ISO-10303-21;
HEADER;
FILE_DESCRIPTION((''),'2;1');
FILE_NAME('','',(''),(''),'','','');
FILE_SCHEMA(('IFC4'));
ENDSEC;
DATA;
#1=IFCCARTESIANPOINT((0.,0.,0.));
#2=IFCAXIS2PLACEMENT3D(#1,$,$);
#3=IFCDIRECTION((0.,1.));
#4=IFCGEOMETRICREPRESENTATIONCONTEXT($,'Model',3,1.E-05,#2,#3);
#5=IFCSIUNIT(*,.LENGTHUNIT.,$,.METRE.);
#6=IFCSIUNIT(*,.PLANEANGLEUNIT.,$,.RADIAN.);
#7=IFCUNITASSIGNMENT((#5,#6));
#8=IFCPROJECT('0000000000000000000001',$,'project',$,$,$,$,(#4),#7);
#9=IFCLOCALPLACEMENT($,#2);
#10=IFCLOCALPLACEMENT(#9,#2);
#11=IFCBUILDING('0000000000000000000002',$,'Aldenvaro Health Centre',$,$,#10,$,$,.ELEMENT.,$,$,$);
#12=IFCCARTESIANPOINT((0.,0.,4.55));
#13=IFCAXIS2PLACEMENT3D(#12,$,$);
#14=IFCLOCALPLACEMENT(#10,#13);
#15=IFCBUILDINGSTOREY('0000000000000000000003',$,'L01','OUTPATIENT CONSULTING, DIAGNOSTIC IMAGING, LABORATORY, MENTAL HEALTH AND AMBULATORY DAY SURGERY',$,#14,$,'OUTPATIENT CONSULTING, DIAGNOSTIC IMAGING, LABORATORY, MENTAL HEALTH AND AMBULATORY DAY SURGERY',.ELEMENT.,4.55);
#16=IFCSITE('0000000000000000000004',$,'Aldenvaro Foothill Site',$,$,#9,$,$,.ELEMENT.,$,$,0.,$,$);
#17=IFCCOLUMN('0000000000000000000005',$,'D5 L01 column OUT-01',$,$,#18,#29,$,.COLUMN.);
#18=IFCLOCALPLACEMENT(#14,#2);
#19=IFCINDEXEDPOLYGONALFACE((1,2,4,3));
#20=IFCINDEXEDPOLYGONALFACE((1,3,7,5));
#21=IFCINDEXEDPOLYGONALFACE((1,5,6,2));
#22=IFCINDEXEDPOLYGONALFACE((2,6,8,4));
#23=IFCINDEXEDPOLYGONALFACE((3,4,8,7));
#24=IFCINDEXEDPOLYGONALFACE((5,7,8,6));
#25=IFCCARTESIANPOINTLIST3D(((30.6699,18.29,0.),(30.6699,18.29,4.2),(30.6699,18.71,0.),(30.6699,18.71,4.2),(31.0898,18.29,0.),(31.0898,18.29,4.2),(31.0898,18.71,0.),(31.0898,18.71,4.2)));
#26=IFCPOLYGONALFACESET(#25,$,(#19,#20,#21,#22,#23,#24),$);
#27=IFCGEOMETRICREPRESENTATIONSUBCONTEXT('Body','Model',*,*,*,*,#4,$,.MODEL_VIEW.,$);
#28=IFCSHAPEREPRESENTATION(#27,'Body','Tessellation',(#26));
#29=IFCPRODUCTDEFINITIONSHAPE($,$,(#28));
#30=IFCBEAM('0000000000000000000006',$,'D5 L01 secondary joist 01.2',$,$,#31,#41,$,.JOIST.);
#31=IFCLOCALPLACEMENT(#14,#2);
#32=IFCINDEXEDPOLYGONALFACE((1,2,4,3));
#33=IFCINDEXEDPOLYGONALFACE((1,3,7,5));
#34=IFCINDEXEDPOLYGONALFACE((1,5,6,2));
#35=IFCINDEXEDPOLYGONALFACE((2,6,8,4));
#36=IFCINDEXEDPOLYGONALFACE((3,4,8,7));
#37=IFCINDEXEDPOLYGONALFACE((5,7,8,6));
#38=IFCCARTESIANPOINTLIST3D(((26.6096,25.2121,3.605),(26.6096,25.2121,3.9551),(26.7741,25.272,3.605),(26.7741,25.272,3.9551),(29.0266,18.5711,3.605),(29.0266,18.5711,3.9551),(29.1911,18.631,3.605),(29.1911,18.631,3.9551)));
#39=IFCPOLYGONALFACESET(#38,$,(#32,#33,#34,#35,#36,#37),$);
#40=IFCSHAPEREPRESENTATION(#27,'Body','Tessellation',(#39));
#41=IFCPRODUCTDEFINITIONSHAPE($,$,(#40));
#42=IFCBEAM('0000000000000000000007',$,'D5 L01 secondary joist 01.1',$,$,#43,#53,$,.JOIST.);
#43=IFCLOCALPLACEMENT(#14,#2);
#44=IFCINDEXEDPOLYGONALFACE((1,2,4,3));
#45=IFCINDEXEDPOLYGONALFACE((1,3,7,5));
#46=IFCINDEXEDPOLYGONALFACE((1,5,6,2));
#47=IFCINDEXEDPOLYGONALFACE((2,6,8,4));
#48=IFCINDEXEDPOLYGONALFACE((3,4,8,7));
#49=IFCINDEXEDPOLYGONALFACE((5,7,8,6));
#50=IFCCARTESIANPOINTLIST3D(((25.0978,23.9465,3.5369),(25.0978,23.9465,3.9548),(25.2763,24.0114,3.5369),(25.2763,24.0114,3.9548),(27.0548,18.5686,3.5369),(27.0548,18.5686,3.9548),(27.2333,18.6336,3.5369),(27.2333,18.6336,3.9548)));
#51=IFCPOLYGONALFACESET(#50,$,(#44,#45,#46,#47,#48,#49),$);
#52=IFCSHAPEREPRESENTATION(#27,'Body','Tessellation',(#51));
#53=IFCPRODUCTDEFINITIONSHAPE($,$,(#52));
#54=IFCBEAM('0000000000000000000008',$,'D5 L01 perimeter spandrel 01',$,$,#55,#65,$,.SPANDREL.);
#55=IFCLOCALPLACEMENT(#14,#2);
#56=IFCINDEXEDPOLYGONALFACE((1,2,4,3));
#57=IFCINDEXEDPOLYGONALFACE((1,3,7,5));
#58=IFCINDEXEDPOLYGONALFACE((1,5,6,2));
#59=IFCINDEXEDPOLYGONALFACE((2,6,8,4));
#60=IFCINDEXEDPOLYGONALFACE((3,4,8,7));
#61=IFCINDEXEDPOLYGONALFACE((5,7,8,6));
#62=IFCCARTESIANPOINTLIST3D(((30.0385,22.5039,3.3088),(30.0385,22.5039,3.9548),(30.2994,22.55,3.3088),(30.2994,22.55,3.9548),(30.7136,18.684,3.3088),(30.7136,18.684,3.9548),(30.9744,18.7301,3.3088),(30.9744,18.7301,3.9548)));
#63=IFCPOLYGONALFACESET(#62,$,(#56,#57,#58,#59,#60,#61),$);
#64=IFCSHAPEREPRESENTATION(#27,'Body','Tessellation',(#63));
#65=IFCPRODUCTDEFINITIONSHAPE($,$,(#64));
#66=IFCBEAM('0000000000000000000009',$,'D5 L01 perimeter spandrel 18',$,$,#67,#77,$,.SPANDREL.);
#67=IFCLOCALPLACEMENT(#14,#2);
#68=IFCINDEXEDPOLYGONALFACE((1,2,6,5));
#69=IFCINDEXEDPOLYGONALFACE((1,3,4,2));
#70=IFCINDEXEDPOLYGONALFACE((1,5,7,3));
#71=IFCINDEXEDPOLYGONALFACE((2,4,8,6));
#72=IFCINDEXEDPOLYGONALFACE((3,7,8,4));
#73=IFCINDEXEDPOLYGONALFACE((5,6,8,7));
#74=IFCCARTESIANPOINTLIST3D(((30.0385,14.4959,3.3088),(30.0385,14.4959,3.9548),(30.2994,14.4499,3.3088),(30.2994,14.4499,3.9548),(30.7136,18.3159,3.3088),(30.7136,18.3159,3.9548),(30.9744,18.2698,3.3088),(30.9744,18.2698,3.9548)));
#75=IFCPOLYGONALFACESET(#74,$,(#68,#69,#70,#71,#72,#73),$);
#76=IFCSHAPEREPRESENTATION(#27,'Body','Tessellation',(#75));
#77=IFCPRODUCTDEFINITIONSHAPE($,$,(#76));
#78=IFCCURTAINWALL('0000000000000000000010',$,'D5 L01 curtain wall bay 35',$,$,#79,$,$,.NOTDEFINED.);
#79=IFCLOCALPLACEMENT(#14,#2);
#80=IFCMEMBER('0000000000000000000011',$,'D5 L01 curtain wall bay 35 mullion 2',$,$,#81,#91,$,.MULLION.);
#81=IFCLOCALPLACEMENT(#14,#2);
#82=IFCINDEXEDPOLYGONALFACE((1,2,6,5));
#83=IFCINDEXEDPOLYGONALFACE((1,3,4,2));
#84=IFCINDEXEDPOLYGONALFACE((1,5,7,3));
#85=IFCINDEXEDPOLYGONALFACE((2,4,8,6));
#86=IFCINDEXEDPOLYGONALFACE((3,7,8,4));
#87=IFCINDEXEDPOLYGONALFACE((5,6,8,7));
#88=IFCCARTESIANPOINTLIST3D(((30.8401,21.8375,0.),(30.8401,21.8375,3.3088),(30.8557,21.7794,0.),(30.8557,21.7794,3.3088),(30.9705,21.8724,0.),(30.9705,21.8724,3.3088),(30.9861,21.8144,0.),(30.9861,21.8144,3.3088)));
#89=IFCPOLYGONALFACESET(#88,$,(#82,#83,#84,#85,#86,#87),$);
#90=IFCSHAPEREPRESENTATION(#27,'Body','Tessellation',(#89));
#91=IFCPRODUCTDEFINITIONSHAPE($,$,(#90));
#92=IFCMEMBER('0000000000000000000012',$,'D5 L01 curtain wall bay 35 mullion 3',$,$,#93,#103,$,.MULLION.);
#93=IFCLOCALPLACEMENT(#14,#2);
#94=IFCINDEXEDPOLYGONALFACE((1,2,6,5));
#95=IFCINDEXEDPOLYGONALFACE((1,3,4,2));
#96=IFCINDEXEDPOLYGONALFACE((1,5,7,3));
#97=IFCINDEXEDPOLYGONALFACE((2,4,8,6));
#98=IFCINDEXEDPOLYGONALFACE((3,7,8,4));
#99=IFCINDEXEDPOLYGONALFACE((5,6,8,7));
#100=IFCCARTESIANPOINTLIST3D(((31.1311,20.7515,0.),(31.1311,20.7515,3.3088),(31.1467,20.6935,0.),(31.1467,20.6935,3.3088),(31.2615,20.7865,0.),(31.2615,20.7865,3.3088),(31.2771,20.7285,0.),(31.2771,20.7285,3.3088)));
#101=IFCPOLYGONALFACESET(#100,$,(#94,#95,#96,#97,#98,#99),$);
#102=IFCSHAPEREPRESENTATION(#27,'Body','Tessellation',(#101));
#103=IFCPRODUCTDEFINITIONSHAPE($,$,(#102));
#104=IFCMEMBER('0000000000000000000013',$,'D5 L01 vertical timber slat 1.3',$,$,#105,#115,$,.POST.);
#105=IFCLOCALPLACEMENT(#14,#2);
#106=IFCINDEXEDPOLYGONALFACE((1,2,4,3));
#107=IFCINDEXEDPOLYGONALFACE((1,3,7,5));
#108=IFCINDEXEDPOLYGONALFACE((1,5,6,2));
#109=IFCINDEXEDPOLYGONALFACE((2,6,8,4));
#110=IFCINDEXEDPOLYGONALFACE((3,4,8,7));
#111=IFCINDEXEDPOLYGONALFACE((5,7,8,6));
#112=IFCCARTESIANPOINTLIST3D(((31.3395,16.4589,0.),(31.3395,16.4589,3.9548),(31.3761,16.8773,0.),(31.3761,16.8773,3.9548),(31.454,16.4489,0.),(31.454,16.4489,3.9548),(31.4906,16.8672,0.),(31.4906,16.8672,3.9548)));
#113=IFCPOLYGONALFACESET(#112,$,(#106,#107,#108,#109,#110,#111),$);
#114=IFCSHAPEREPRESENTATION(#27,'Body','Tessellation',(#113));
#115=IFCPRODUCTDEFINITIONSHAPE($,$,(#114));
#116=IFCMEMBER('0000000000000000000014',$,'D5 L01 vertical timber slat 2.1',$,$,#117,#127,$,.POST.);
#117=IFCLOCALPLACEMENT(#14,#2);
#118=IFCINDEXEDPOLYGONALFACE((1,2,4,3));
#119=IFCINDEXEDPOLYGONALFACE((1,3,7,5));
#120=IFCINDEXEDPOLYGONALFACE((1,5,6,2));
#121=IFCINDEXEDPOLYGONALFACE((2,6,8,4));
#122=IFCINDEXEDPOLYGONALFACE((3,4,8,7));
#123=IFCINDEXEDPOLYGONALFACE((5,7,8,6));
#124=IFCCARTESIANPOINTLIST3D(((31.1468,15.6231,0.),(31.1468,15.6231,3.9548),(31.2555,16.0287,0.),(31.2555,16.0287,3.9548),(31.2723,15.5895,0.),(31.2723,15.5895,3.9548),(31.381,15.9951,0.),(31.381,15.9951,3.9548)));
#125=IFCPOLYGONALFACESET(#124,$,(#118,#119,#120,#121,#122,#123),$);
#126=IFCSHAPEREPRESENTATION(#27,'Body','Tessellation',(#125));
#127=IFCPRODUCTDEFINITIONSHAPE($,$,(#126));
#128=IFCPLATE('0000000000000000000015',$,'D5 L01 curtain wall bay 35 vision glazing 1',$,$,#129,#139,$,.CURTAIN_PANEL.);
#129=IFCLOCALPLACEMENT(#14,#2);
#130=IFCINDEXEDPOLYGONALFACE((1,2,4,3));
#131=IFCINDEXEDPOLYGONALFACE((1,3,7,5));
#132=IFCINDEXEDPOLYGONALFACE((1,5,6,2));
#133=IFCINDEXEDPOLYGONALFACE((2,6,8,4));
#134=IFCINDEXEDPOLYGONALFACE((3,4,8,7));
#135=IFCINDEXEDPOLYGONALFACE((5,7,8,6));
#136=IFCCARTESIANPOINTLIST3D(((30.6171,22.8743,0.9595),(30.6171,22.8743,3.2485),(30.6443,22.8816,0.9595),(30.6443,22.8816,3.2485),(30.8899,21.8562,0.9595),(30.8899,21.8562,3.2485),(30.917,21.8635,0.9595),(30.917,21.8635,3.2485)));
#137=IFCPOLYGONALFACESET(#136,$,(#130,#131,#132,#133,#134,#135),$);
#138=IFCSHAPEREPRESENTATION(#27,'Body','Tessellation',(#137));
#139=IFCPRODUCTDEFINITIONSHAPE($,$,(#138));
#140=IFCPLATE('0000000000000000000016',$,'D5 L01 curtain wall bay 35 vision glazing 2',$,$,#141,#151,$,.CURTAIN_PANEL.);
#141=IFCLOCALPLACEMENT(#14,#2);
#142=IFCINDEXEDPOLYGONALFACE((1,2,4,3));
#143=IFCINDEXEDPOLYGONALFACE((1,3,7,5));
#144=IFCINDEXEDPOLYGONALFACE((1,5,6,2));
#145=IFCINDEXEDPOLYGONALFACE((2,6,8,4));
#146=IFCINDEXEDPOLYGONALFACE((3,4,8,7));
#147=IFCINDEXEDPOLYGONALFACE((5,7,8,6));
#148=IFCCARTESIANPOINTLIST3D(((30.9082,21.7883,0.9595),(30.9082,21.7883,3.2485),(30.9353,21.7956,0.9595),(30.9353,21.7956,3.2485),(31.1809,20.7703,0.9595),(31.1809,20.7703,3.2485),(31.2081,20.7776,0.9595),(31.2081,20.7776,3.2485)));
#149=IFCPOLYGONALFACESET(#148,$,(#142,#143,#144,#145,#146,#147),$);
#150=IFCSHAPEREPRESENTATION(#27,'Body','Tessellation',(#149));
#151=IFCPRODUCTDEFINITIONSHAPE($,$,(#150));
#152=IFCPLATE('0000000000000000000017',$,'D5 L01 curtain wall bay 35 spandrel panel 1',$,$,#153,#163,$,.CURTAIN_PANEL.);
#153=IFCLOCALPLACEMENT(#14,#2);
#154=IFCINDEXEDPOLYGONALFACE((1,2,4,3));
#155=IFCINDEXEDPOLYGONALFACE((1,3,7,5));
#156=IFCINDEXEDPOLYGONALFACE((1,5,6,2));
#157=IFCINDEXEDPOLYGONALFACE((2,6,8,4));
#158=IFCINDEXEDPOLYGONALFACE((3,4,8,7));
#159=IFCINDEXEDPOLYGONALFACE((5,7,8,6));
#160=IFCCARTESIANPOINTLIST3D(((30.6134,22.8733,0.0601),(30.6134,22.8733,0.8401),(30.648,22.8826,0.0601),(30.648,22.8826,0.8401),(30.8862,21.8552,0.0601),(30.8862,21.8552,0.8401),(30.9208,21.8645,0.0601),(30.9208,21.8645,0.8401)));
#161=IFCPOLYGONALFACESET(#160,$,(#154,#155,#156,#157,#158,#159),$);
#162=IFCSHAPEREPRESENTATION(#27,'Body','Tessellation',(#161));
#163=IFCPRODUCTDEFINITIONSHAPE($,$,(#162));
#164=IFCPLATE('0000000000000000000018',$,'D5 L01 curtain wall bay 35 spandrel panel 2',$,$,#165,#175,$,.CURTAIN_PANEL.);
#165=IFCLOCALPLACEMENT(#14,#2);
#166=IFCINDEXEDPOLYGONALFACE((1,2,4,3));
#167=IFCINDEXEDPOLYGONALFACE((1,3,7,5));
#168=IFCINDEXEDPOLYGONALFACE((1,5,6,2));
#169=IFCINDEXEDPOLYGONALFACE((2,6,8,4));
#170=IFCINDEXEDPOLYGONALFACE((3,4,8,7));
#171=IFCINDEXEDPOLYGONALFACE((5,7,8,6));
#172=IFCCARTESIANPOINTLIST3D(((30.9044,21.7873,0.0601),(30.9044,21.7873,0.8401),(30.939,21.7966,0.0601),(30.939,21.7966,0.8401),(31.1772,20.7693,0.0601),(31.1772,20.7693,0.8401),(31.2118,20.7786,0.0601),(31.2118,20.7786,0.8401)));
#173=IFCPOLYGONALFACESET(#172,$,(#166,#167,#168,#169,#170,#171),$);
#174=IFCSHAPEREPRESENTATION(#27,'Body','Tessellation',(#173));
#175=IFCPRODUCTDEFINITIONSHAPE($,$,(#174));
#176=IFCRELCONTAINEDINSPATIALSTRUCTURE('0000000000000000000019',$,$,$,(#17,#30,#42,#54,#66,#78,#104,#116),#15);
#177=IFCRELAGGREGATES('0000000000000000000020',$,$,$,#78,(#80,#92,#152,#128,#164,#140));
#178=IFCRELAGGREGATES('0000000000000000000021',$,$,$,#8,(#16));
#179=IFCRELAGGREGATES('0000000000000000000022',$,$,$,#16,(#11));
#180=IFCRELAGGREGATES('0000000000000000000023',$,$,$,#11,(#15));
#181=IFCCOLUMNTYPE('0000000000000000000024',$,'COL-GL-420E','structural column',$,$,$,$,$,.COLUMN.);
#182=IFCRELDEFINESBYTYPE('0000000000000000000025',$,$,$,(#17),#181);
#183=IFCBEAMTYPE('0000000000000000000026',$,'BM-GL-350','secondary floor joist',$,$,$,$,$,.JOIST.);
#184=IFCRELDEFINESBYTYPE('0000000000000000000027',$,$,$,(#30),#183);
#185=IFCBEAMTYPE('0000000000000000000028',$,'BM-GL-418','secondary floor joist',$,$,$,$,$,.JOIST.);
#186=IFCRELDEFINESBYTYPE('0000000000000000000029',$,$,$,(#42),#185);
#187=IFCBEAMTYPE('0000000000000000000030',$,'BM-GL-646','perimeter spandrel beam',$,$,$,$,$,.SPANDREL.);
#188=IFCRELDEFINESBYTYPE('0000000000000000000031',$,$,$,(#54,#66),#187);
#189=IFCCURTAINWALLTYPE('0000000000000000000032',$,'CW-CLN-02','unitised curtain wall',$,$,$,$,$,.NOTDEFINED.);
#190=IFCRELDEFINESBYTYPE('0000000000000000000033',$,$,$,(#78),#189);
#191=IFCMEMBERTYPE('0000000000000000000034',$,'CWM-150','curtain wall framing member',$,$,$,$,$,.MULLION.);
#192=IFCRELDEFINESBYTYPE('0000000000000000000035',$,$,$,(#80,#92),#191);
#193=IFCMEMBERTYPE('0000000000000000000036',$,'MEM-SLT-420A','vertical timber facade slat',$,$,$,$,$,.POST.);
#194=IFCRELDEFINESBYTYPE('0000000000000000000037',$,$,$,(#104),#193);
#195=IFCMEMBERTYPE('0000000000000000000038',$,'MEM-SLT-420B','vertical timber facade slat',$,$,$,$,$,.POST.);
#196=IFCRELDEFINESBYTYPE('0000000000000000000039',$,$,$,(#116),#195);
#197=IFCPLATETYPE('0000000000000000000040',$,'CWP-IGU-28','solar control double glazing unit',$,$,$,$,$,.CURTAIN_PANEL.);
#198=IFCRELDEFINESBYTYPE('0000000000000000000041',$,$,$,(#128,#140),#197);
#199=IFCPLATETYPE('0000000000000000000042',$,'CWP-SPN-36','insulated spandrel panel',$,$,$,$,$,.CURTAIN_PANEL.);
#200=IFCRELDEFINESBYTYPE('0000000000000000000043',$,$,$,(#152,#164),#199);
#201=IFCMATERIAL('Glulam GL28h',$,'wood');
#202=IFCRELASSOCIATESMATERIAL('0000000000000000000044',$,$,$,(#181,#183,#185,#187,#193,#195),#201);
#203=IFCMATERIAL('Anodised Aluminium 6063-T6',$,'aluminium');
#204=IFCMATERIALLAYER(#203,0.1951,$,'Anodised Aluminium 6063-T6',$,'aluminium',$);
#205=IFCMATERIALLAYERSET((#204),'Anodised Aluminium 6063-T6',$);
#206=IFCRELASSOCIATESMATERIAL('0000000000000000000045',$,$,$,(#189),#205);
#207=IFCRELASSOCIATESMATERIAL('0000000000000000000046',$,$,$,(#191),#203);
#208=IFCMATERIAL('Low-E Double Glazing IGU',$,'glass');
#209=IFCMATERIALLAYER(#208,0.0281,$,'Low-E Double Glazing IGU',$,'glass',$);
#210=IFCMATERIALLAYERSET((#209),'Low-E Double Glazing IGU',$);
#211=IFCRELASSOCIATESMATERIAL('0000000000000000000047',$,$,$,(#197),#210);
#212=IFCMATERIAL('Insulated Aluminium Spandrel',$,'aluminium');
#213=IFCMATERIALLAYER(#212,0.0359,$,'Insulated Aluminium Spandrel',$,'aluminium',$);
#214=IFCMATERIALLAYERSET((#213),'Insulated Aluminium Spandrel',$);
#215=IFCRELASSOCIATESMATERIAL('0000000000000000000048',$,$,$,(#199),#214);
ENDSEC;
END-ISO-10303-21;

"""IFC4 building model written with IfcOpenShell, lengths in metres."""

from ifc_helpers import new_model, si_unit, direction, frame, origin, origin_2d, place, context, subcontext, project, spatial, rectangle, extrude, material, layer, layer_set, material_profile, profile_set, type_object, element, aggregate, save


model = new_model("IFC4")

# Units and contexts
model_context = context("Model", 3, precision=1e-05, world=origin(), true_north=direction((0.0, 1.0)))
body_context = subcontext(model_context, "Body", "Model", "MODEL_VIEW")
ifc_project = project(units=[si_unit("LENGTHUNIT", "METRE"), si_unit("PLANEANGLEUNIT", "RADIAN")], contexts=[model_context])

# Site, building, storey
site_placement = place(None, origin())
site = spatial("IfcSite", under=ifc_project, at=site_placement, Name="Aldenvaro Foothill Site", CompositionType="ELEMENT", RefElevation=0.0)
building_placement = place(site_placement, origin())
building = spatial("IfcBuilding", under=site, at=building_placement, Name="Aldenvaro Health Centre", CompositionType="ELEMENT")
storey_placement = place(building_placement, frame((0.0, 0.0, 4.55)))
storey = spatial("IfcBuildingStorey", under=building, at=storey_placement, Name="L01", Description="OUTPATIENT CONSULTING, DIAGNOSTIC IMAGING, LABORATORY, MENTAL HEALTH AND AMBULATORY DAY SURGERY", LongName="OUTPATIENT CONSULTING, DIAGNOSTIC IMAGING, LABORATORY, MENTAL HEALTH AND AMBULATORY DAY SURGERY", CompositionType="ELEMENT", Elevation=4.55)

# Column
ifc_material_1 = material(Name="Glulam GL28h", Category="wood")
ifc_material_profile_1 = material_profile(ifc_material_1, rectangle(XDim=0.4199, YDim=0.4199, at=origin_2d()), Name="GL 420x420", Category="wood")
ifc_profile_set_1 = profile_set([ifc_material_profile_1], Name="Glulam GL28h")
column_type = type_object("IfcColumnType", Name="COL-GL-420E", Description="structural column", PredefinedType="COLUMN", material=ifc_profile_set_1)
column_placement = place(storey_placement, frame((30.8799, 18.5, 0.0), z_axis=(0.0, 0.0, 1.0), x_axis=(1.0, 0.0, 0.0)))
element("IfcColumn", 1, at=column_placement, inside=storey, type_object=column_type, Name="D5 L01 column OUT-01", PredefinedType="COLUMN", context=body_context, shape_type="SweptSolid", body=[
    extrude(rectangle(XDim=0.4199, YDim=0.4199, at=origin_2d()), origin(), (0.0, 0.0, 1.0), 4.2),
])

# Beams
ifc_material_profile_2 = material_profile(ifc_material_1, rectangle(XDim=0.175, YDim=0.3501, at=origin_2d()), Name="GL 175x350", Category="wood")
ifc_profile_set_2 = profile_set([ifc_material_profile_2], Name="Glulam GL28h")
beam_type_1 = type_object("IfcBeamType", Name="BM-GL-350", Description="secondary floor joist", PredefinedType="JOIST", material=ifc_profile_set_2)
beam_1_placement = place(storey_placement, frame((29.1089, 18.6011, 3.78), z_axis=(-0.342009, 0.939697, 0.0), x_axis=(-0.939697, -0.342009, 0.0)))
element("IfcBeam", 2, at=beam_1_placement, inside=storey, type_object=beam_type_1, Name="D5 L01 secondary joist 01.2", PredefinedType="JOIST", context=body_context, shape_type="SweptSolid", body=[
    extrude(rectangle(XDim=0.175, YDim=0.3501, at=origin_2d()), origin(), (0.0, 0.0, 1.0), 7.0671),
])
ifc_material_profile_3 = material_profile(ifc_material_1, rectangle(XDim=0.1899, YDim=0.418, at=origin_2d()), Name="GL 190x418", Category="wood")
ifc_profile_set_3 = profile_set([ifc_material_profile_3], Name="Glulam GL28h")
beam_type_2 = type_object("IfcBeamType", Name="BM-GL-418", Description="secondary floor joist", PredefinedType="JOIST", material=ifc_profile_set_3)
beam_2_placement = place(storey_placement, frame((27.144, 18.6011, 3.7458), z_axis=(-0.341962, 0.939714, 0.0), x_axis=(-0.939714, -0.341962, 0.0)))
element("IfcBeam", 3, at=beam_2_placement, inside=storey, type_object=beam_type_2, Name="D5 L01 secondary joist 01.1", PredefinedType="JOIST", context=body_context, shape_type="SweptSolid", body=[
    extrude(rectangle(XDim=0.1899, YDim=0.418, at=origin_2d()), origin(), (0.0, 0.0, 1.0), 5.7229),
])
ifc_material_profile_4 = material_profile(ifc_material_1, rectangle(XDim=0.2649, YDim=0.646, at=origin_2d()), Name="GL 265x646", Category="wood")
ifc_profile_set_4 = profile_set([ifc_material_profile_4], Name="Glulam GL28h")
beam_type_3 = type_object("IfcBeamType", Name="BM-GL-646", Description="perimeter spandrel beam", PredefinedType="SPANDREL", material=ifc_profile_set_4)
for number, where, z_axis, x_axis, name in (
    (4, (30.844, 18.707, 3.6318), (-0.174015, 0.984743, 0.0), (-0.984743, -0.174015, 0.0), "D5 L01 perimeter spandrel 01"),
    (5, (30.1689, 14.4729, 3.6318), (0.174015, 0.984743, 0.0), (-0.984743, 0.174015, 0.0), "D5 L01 perimeter spandrel 18"),
):
    element("IfcBeam", number, at=place(storey_placement, frame(where, z_axis=z_axis, x_axis=x_axis)), inside=storey, type_object=beam_type_3, Name=name, PredefinedType="SPANDREL", context=body_context, shape_type="SweptSolid", body=[
        extrude(rectangle(XDim=0.2649, YDim=0.646, at=origin_2d()), origin(), (0.0, 0.0, 1.0), 3.8792),
    ])

# Curtain wall, members
ifc_material_2 = material(Name="Anodised Aluminium 6063-T6", Category="aluminium")
ifc_layer_1 = layer(ifc_material_2, 0.1951, Name="Anodised Aluminium 6063-T6", Category="aluminium")
ifc_layer_set_1 = layer_set([ifc_layer_1], Name="Anodised Aluminium 6063-T6")
curtain_wall_type = type_object("IfcCurtainWallType", Name="CW-CLN-02", Description="unitised curtain wall", PredefinedType="NOTDEFINED", material=ifc_layer_set_1)
curtain_wall_placement = place(storey_placement, origin())
curtain_wall = element("IfcCurtainWall", 6, at=curtain_wall_placement, inside=storey, type_object=curtain_wall_type, Name="D5 L01 curtain wall bay 35", PredefinedType="NOTDEFINED")
ifc_material_profile_5 = material_profile(ifc_material_2, rectangle(XDim=0.0601, YDim=0.135, at=origin_2d()), Name="ALU 60x135", Category="aluminium")
ifc_profile_set_5 = profile_set([ifc_material_profile_5], Name="Anodised Aluminium 6063-T6")
member_type_1 = type_object("IfcMemberType", Name="CWM-150", Description="curtain wall framing member", PredefinedType="MULLION", material=ifc_profile_set_5)
member_1_placement = place(storey_placement, frame((30.9131, 21.8259, 0.0), z_axis=(0.0, 0.0, 1.0), x_axis=(0.258825, -0.965924, 0.0)))
member_1 = element("IfcMember", 7, at=member_1_placement, type_object=member_type_1, Name="D5 L01 curtain wall bay 35 mullion 2", PredefinedType="MULLION", context=body_context, shape_type="SweptSolid", body=[
    extrude(rectangle(XDim=0.0601, YDim=0.135, at=origin_2d()), origin(), (0.0, 0.0, 1.0), 3.3088),
])
member_2_placement = place(storey_placement, frame((31.2041, 20.74, 0.0), z_axis=(0.0, 0.0, 1.0), x_axis=(0.258825, -0.965924, 0.0)))
member_2 = element("IfcMember", 8, at=member_2_placement, type_object=member_type_1, Name="D5 L01 curtain wall bay 35 mullion 3", PredefinedType="MULLION", context=body_context, shape_type="SweptSolid", body=[
    extrude(rectangle(XDim=0.0601, YDim=0.135, at=origin_2d()), origin(), (0.0, 0.0, 1.0), 3.3088),
])

# Members
ifc_material_profile_6 = material_profile(ifc_material_1, rectangle(XDim=0.115, YDim=0.4199, at=origin_2d()), Name="GL 115x420", Category="wood")
ifc_profile_set_6 = profile_set([ifc_material_profile_6], Name="Glulam GL28h")
member_type_2 = type_object("IfcMemberType", Name="MEM-SLT-420A", Description="vertical timber facade slat", PredefinedType="POST", material=ifc_profile_set_6)
member_3_placement = place(storey_placement, frame((31.415, 16.6631, 0.0), z_axis=(0.0, 0.0, 1.0), x_axis=(0.996194, -0.087167, 0.0)))
element("IfcMember", 9, at=member_3_placement, inside=storey, type_object=member_type_2, Name="D5 L01 vertical timber slat 1.3", PredefinedType="POST", context=body_context, shape_type="SweptSolid", body=[
    extrude(rectangle(XDim=0.115, YDim=0.4199, at=origin_2d()), origin(), (0.0, 0.0, 1.0), 3.9548),
])
ifc_material_profile_7 = material_profile(ifc_material_1, rectangle(XDim=0.1299, YDim=0.4199, at=origin_2d()), Name="GL 130x420", Category="wood")
ifc_profile_set_7 = profile_set([ifc_material_profile_7], Name="Glulam GL28h")
member_type_3 = type_object("IfcMemberType", Name="MEM-SLT-420B", Description="vertical timber facade slat", PredefinedType="POST", material=ifc_profile_set_7)
member_4_placement = place(storey_placement, frame((31.2639, 15.8091, 0.0), z_axis=(0.0, 0.0, 1.0), x_axis=(0.965924, -0.258825, 0.0)))
element("IfcMember", 10, at=member_4_placement, inside=storey, type_object=member_type_3, Name="D5 L01 vertical timber slat 2.1", PredefinedType="POST", context=body_context, shape_type="SweptSolid", body=[
    extrude(rectangle(XDim=0.1299, YDim=0.4199, at=origin_2d()), origin(), (0.0, 0.0, 1.0), 3.9548),
])

# Plates
ifc_material_3 = material(Name="Low-E Double Glazing IGU", Category="glass")
ifc_layer_2 = layer(ifc_material_3, 0.0281, Name="Low-E Double Glazing IGU", Category="glass")
ifc_layer_set_2 = layer_set([ifc_layer_2], Name="Low-E Double Glazing IGU")
plate_type_1 = type_object("IfcPlateType", Name="CWP-IGU-28", Description="solar control double glazing unit", PredefinedType="CURTAIN_PANEL", material=ifc_layer_set_2)
plate_1_placement = place(storey_placement, frame((30.7671, 22.3689, 0.9595), z_axis=(0.0, 0.0, 1.0), x_axis=(0.258825, -0.965924, 0.0)))
plate_1 = element("IfcPlate", 11, at=plate_1_placement, type_object=plate_type_1, Name="D5 L01 curtain wall bay 35 vision glazing 1", PredefinedType="CURTAIN_PANEL", context=body_context, shape_type="SweptSolid", body=[
    extrude(rectangle(XDim=1.054, YDim=0.0281, at=origin_2d()), origin(), (0.0, 0.0, 1.0), 2.2891),
])
plate_2_placement = place(storey_placement, frame((31.0581, 21.283, 0.9595), z_axis=(0.0, 0.0, 1.0), x_axis=(0.258825, -0.965924, 0.0)))
plate_2 = element("IfcPlate", 12, at=plate_2_placement, type_object=plate_type_1, Name="D5 L01 curtain wall bay 35 vision glazing 2", PredefinedType="CURTAIN_PANEL", context=body_context, shape_type="SweptSolid", body=[
    extrude(rectangle(XDim=1.054, YDim=0.0281, at=origin_2d()), origin(), (0.0, 0.0, 1.0), 2.2891),
])
ifc_material_4 = material(Name="Insulated Aluminium Spandrel", Category="aluminium")
ifc_layer_3 = layer(ifc_material_4, 0.0359, Name="Insulated Aluminium Spandrel", Category="aluminium")
ifc_layer_set_3 = layer_set([ifc_layer_3], Name="Insulated Aluminium Spandrel")
plate_type_2 = type_object("IfcPlateType", Name="CWP-SPN-36", Description="insulated spandrel panel", PredefinedType="CURTAIN_PANEL", material=ifc_layer_set_3)
plate_3_placement = place(storey_placement, frame((30.7671, 22.3689, 0.0601), z_axis=(0.0, 0.0, 1.0), x_axis=(0.258825, -0.965924, 0.0)))
plate_3 = element("IfcPlate", 13, at=plate_3_placement, type_object=plate_type_2, Name="D5 L01 curtain wall bay 35 spandrel panel 1", PredefinedType="CURTAIN_PANEL", context=body_context, shape_type="SweptSolid", body=[
    extrude(rectangle(XDim=1.054, YDim=0.0359, at=origin_2d()), origin(), (0.0, 0.0, 1.0), 0.78),
])
plate_4_placement = place(storey_placement, frame((31.0581, 21.283, 0.0601), z_axis=(0.0, 0.0, 1.0), x_axis=(0.258825, -0.965924, 0.0)))
plate_4 = element("IfcPlate", 14, at=plate_4_placement, type_object=plate_type_2, Name="D5 L01 curtain wall bay 35 spandrel panel 2", PredefinedType="CURTAIN_PANEL", context=body_context, shape_type="SweptSolid", body=[
    extrude(rectangle(XDim=1.054, YDim=0.0359, at=origin_2d()), origin(), (0.0, 0.0, 1.0), 0.78),
])
aggregate(curtain_wall, [member_1, member_2, plate_3, plate_1, plate_4, plate_2])

save(model, "model.ifc")
